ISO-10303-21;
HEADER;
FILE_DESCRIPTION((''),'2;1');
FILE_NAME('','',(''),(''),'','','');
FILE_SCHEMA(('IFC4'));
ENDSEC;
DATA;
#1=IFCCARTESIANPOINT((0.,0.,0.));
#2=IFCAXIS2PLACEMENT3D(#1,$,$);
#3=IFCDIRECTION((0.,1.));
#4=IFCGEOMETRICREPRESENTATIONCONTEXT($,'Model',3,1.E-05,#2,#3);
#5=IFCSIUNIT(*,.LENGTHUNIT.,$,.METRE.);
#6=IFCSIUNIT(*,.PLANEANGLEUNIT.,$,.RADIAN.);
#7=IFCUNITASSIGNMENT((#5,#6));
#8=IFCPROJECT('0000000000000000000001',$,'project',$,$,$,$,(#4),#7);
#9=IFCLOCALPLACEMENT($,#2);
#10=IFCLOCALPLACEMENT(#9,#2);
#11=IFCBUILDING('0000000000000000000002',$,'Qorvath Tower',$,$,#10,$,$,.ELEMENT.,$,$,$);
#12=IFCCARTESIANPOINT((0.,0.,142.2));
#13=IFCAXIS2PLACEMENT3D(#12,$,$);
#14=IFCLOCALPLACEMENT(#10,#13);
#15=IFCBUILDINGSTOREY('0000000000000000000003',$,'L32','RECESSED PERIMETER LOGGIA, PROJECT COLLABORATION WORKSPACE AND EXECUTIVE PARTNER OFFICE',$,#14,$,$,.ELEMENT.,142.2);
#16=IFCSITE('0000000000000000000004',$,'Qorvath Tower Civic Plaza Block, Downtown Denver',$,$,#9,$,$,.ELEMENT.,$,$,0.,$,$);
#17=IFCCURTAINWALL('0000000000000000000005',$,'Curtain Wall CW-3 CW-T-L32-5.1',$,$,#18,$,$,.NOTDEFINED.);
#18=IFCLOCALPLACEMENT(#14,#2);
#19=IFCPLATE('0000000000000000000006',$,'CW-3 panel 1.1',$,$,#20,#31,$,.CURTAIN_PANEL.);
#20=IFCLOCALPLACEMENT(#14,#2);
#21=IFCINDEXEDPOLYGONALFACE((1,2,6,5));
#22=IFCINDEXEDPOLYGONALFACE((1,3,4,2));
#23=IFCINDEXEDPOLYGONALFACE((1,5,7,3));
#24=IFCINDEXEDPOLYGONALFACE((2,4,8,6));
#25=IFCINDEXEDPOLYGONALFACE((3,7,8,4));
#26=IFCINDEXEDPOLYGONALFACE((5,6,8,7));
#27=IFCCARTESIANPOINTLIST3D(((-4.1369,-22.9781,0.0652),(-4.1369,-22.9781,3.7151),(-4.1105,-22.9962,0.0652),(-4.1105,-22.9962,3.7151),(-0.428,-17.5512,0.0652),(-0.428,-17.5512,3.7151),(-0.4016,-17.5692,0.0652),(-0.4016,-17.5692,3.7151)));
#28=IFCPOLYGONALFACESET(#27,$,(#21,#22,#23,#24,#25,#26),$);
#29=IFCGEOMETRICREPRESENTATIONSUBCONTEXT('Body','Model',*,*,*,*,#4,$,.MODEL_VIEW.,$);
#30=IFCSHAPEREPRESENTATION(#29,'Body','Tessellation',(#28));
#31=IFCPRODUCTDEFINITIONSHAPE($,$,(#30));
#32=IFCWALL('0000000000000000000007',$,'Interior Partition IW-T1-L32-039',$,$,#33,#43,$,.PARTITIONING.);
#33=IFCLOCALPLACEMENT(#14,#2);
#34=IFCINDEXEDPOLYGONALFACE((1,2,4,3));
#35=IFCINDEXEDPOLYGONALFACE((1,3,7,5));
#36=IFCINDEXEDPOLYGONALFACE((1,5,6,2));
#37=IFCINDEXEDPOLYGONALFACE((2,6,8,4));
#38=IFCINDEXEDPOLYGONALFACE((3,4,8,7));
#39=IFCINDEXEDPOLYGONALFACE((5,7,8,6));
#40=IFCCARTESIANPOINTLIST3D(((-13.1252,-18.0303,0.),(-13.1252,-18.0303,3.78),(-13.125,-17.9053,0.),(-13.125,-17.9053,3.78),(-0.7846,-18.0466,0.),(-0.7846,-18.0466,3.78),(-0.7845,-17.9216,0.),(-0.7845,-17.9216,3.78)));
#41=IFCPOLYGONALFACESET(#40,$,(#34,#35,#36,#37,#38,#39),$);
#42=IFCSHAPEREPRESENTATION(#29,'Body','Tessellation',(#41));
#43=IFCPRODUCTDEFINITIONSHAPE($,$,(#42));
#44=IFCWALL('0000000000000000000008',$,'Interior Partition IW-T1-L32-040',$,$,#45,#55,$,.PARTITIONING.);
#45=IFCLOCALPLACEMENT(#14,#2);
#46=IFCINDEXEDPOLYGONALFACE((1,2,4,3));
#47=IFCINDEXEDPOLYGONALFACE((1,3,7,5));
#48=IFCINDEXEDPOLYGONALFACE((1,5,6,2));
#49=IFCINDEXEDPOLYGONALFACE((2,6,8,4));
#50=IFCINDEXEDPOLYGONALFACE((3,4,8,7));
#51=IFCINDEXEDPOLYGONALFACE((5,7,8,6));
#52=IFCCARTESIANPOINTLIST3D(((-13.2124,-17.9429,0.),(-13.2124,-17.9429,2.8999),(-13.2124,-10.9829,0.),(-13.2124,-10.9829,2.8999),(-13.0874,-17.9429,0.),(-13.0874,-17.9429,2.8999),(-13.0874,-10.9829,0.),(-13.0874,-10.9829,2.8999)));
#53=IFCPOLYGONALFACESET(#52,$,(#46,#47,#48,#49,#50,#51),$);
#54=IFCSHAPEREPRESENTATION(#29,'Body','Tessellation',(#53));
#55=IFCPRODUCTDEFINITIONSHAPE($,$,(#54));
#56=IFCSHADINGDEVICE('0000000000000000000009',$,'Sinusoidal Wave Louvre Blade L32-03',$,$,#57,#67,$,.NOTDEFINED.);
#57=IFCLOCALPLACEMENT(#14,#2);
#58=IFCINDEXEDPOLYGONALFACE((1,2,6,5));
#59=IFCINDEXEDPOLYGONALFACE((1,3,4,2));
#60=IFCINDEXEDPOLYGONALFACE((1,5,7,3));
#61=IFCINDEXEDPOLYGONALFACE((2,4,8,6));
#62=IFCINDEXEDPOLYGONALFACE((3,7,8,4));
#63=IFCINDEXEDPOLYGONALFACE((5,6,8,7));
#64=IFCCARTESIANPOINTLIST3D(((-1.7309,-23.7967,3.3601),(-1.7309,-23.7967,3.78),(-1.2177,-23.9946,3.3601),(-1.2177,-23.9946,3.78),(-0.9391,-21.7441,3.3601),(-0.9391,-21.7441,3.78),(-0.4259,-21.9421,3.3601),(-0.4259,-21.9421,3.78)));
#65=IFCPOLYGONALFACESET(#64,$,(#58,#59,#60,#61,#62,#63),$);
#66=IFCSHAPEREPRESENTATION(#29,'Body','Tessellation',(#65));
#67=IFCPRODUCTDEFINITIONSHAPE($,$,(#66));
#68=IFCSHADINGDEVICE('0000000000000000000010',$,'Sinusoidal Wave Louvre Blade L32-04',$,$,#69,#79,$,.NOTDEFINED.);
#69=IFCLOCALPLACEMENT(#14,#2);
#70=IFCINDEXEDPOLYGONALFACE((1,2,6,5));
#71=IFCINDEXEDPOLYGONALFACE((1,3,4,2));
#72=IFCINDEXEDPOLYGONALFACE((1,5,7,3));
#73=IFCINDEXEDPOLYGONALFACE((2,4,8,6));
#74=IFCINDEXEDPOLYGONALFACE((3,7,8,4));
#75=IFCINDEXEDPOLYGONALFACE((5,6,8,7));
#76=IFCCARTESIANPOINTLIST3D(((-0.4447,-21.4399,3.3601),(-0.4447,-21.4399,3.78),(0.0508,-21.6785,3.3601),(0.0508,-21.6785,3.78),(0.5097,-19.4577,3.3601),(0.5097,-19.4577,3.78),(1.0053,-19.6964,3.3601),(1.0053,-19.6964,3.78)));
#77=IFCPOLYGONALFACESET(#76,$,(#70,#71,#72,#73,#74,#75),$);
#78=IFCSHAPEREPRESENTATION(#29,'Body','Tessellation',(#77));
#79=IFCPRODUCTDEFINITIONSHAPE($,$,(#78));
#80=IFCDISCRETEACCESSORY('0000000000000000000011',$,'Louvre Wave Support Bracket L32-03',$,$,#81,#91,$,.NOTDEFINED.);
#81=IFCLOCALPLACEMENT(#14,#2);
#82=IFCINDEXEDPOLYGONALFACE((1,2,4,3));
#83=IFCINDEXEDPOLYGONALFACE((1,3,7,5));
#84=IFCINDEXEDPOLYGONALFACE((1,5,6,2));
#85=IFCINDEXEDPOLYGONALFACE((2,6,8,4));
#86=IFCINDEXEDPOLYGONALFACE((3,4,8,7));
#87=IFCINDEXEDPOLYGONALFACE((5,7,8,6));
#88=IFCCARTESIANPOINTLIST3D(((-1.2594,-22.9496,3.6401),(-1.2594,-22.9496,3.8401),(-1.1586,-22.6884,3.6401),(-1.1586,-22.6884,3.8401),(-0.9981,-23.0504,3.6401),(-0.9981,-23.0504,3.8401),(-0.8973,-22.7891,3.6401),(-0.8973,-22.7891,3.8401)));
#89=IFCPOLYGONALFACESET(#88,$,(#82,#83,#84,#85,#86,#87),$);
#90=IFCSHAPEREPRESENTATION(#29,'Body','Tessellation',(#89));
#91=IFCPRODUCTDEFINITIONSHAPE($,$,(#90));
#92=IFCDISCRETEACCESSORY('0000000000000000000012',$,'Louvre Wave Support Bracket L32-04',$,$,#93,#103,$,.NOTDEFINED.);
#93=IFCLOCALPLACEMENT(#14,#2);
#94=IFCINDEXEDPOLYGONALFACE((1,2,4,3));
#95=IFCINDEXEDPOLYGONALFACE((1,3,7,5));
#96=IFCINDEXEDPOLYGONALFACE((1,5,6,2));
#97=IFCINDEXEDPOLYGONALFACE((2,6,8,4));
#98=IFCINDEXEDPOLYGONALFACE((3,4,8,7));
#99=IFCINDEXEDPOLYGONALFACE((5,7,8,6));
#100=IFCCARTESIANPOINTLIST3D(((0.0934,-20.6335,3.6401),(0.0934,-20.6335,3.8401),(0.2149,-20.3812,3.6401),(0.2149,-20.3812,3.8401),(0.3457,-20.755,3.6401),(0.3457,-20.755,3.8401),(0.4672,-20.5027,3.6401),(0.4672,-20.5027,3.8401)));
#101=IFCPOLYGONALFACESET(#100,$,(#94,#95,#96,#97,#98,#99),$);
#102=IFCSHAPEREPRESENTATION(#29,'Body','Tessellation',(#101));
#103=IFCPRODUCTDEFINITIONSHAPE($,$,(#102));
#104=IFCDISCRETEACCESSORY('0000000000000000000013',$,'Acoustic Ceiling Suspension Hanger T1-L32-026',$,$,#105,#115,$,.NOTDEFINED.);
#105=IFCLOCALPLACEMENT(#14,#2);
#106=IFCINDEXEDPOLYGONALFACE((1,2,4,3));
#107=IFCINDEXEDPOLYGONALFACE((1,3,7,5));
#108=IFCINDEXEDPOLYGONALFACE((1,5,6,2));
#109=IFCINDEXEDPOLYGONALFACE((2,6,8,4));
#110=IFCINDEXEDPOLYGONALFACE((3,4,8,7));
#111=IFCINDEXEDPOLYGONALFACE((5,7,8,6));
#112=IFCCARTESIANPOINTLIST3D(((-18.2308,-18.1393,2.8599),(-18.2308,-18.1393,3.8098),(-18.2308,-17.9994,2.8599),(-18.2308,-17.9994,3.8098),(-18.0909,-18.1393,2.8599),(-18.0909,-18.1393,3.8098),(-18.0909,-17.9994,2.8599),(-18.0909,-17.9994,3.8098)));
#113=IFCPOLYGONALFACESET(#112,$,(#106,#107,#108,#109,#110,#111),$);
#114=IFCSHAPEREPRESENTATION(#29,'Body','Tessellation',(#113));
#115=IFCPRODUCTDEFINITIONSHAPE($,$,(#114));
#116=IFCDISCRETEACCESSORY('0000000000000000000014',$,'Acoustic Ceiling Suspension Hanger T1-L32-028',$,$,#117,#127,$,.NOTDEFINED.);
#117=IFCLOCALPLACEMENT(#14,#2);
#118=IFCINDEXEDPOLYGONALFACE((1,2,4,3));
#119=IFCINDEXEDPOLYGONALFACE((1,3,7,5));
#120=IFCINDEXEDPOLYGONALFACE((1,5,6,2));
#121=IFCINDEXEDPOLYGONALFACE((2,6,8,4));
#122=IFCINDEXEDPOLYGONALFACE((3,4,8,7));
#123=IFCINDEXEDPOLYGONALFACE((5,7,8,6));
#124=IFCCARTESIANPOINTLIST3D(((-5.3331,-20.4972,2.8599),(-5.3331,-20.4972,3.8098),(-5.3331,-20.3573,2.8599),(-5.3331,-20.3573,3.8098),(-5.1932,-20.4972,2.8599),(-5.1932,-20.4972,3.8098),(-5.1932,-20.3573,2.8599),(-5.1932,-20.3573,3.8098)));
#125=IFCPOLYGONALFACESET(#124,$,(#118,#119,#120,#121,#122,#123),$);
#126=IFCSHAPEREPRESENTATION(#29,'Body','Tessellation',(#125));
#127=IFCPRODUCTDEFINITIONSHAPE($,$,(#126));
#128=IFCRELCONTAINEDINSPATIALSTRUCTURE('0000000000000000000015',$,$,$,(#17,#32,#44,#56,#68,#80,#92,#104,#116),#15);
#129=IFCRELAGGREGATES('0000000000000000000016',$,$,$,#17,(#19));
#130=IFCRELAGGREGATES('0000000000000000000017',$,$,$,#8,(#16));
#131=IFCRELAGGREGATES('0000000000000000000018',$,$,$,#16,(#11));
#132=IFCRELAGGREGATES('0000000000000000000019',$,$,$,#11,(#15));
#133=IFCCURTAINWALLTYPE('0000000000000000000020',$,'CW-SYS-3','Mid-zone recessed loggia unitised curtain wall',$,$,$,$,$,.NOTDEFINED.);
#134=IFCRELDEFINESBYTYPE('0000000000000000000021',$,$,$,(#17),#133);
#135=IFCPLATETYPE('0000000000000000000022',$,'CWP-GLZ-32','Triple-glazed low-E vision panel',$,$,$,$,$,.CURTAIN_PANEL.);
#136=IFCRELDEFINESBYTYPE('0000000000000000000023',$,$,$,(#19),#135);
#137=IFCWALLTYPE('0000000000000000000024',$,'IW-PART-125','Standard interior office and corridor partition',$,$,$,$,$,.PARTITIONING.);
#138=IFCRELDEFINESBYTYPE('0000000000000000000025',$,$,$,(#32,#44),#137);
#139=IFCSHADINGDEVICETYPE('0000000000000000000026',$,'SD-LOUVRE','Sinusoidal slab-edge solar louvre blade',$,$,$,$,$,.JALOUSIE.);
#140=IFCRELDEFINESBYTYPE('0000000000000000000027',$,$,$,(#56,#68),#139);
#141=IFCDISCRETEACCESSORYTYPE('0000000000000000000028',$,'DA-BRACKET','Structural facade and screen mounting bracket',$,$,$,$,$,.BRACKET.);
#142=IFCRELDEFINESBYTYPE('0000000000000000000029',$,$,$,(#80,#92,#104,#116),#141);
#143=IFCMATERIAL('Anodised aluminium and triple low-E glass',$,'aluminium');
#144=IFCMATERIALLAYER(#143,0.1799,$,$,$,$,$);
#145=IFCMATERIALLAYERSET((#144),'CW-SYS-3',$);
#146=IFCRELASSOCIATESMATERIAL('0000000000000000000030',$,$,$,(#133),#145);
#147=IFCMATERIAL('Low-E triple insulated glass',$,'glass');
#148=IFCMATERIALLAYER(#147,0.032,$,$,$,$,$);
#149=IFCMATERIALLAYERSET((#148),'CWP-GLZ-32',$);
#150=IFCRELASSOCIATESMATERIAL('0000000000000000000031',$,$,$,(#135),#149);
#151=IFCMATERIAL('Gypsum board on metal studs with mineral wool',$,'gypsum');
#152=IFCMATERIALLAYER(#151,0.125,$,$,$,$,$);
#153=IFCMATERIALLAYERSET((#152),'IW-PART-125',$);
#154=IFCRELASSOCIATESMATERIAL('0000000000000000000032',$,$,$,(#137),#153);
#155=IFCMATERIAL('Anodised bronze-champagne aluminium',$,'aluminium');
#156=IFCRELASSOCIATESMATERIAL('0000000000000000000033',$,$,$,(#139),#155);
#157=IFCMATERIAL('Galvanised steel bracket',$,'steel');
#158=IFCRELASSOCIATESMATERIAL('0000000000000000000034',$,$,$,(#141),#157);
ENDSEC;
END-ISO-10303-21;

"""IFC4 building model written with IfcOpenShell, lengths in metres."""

from ifc_helpers import new_model, si_unit, direction, frame, frame_2d, origin, origin_2d, place, context, subcontext, project, spatial, rectangle, extrude, material, layer, layer_set, type_object, element, aggregate, save


model = new_model("IFC4")

# Units and contexts
model_context = context("Model", 3, precision=1e-05, world=origin(), true_north=direction((0.0, 1.0)))
body_context = subcontext(model_context, "Body", "Model", "MODEL_VIEW")
ifc_project = project(units=[si_unit("LENGTHUNIT", "METRE"), si_unit("PLANEANGLEUNIT", "RADIAN")], contexts=[model_context])

# Site, building, storey
site_placement = place(None, origin())
site = spatial("IfcSite", under=ifc_project, at=site_placement, Name="Qorvath Tower Civic Plaza Block, Downtown Denver", CompositionType="ELEMENT", RefElevation=0.0)
building_placement = place(site_placement, origin())
building = spatial("IfcBuilding", under=site, at=building_placement, Name="Qorvath Tower", CompositionType="ELEMENT")
storey_placement = place(building_placement, frame((0.0, 0.0, 142.2)))
storey = spatial("IfcBuildingStorey", under=building, at=storey_placement, Name="L32", Description="RECESSED PERIMETER LOGGIA, PROJECT COLLABORATION WORKSPACE AND EXECUTIVE PARTNER OFFICE", CompositionType="ELEMENT", Elevation=142.2)

# Shared definitions
ifc_material_1 = material(Name="Anodised aluminium and triple low-E glass", Category="aluminium")
ifc_layer_1 = layer(ifc_material_1, 0.1799)
ifc_layer_set_1 = layer_set([ifc_layer_1], Name="CW-SYS-3")
curtain_wall_type = type_object("IfcCurtainWallType", Name="CW-SYS-3", Description="Mid-zone recessed loggia unitised curtain wall", PredefinedType="NOTDEFINED", material=ifc_layer_set_1)

# Curtain wall
curtain_wall_1_placement = place(storey_placement, origin())
curtain_wall_1 = element("IfcCurtainWall", 1, at=curtain_wall_1_placement, inside=storey, type_object=curtain_wall_type, Name="Curtain Wall CW-3 CW-T-L32-5.1", PredefinedType="NOTDEFINED")

# Plate
ifc_material_2 = material(Name="Low-E triple insulated glass", Category="glass")
ifc_layer_2 = layer(ifc_material_2, 0.032)
ifc_layer_set_2 = layer_set([ifc_layer_2], Name="CWP-GLZ-32")
plate_type = type_object("IfcPlateType", Name="CWP-GLZ-32", Description="Triple-glazed low-E vision panel", PredefinedType="CURTAIN_PANEL", material=ifc_layer_set_2)
plate_1_placement = place(storey_placement, frame((-2.2693, -20.2737, 0.0652), z_axis=(0.0, 0.0, 1.0), x_axis=(0.564241, 0.82561, 0.0)))
plate_1 = element("IfcPlate", 2, at=plate_1_placement, type_object=plate_type, Name="CW-3 panel 1.1", PredefinedType="CURTAIN_PANEL", context=body_context, shape_type="SweptSolid", body=[
    extrude(rectangle(XDim=6.5732, YDim=0.032, at=origin_2d()), origin(), (0.0, 0.0, 1.0), 3.6499),
])
aggregate(curtain_wall_1, [plate_1])

# Walls
ifc_material_3 = material(Name="Gypsum board on metal studs with mineral wool", Category="gypsum")
ifc_layer_3 = layer(ifc_material_3, 0.125)
ifc_layer_set_3 = layer_set([ifc_layer_3], Name="IW-PART-125")
wall_type = type_object("IfcWallType", Name="IW-PART-125", Description="Standard interior office and corridor partition", PredefinedType="PARTITIONING", material=ifc_layer_set_3)
wall_1_placement = place(storey_placement, frame((-0.7844, -17.9841, 0.0), z_axis=(0.0, 0.0, 1.0), x_axis=(-0.999999, 0.001325, 0.0)))
element("IfcWall", 3, at=wall_1_placement, inside=storey, type_object=wall_type, Name="Interior Partition IW-T1-L32-039", PredefinedType="PARTITIONING", context=body_context, shape_type="SweptSolid", body=[
    extrude(rectangle(XDim=12.3406, YDim=0.125, at=frame_2d((6.1704, 0.0))), origin(), (0.0, 0.0, 1.0), 3.78),
])
wall_2_placement = place(storey_placement, frame((-13.1499, -17.9429, 0.0), z_axis=(0.0, 0.0, 1.0), x_axis=(0.0, 1.0, 0.0)))
element("IfcWall", 4, at=wall_2_placement, inside=storey, type_object=wall_type, Name="Interior Partition IW-T1-L32-040", PredefinedType="PARTITIONING", context=body_context, shape_type="SweptSolid", body=[
    extrude(rectangle(XDim=6.96, YDim=0.125, at=frame_2d((3.48, 0.0))), origin(), (0.0, 0.0, 1.0), 2.8999),
])

# Shading devices
ifc_material_4 = material(Name="Anodised bronze-champagne aluminium", Category="aluminium")
shading_device_type = type_object("IfcShadingDeviceType", Name="SD-LOUVRE", Description="Sinusoidal slab-edge solar louvre blade", PredefinedType="JALOUSIE", material=ifc_material_4)
for number, where, z_axis, x_axis, name in (
    (5, (-1.0784, -22.8694, 3.3601), (0.0, 0.0, 1.0), (0.359915, 0.932985, 0.0), "Sinusoidal Wave Louvre Blade L32-03"),
    (6, (0.2803, -20.5681, 3.3601), (0.0, 0.0, 1.0), (0.433851, 0.900985, 0.0), "Sinusoidal Wave Louvre Blade L32-04"),
):
    element("IfcShadingDevice", number, at=place(storey_placement, frame(where, z_axis=z_axis, x_axis=x_axis)), inside=storey, type_object=shading_device_type, Name=name, PredefinedType="NOTDEFINED", context=body_context, shape_type="SweptSolid", body=[
        extrude(rectangle(XDim=2.2, YDim=0.55, at=origin_2d()), origin(), (0.0, 0.0, 1.0), 0.4199),
    ])

# Discrete accessories
ifc_material_5 = material(Name="Galvanised steel bracket", Category="steel")
discrete_accessory_type = type_object("IfcDiscreteAccessoryType", Name="DA-BRACKET", Description="Structural facade and screen mounting bracket", PredefinedType="BRACKET", material=ifc_material_5)
for number, where, z_axis, x_axis, name in (
    (7, (-1.0784, -22.8694, 3.6401), (0.0, 0.0, 1.0), (0.359915, 0.932985, 0.0), "Louvre Wave Support Bracket L32-03"),
    (8, (0.2803, -20.5681, 3.6401), (0.0, 0.0, 1.0), (0.433851, 0.900985, 0.0), "Louvre Wave Support Bracket L32-04"),
):
    element("IfcDiscreteAccessory", number, at=place(storey_placement, frame(where, z_axis=z_axis, x_axis=x_axis)), inside=storey, type_object=discrete_accessory_type, Name=name, PredefinedType="NOTDEFINED", context=body_context, shape_type="SweptSolid", body=[
        extrude(rectangle(XDim=0.28, YDim=0.28, at=origin_2d()), origin(), (0.0, 0.0, 1.0), 0.2),
    ])
for number, where, z_axis, x_axis, name in (
    (9, (-18.1609, -18.0693, 2.8599), (0.0, 0.0, 1.0), (1.0, 0.0, 0.0), "Acoustic Ceiling Suspension Hanger T1-L32-026"),
    (10, (-5.2632, -20.4272, 2.8599), (0.0, 0.0, 1.0), (1.0, 0.0, 0.0), "Acoustic Ceiling Suspension Hanger T1-L32-028"),
):
    element("IfcDiscreteAccessory", number, at=place(storey_placement, frame(where, z_axis=z_axis, x_axis=x_axis)), inside=storey, type_object=discrete_accessory_type, Name=name, PredefinedType="NOTDEFINED", context=body_context, shape_type="SweptSolid", body=[
        extrude(rectangle(XDim=0.1399, YDim=0.1399, at=origin_2d()), origin(), (0.0, 0.0, 1.0), 0.95),
    ])

save(model, "model.ifc")
